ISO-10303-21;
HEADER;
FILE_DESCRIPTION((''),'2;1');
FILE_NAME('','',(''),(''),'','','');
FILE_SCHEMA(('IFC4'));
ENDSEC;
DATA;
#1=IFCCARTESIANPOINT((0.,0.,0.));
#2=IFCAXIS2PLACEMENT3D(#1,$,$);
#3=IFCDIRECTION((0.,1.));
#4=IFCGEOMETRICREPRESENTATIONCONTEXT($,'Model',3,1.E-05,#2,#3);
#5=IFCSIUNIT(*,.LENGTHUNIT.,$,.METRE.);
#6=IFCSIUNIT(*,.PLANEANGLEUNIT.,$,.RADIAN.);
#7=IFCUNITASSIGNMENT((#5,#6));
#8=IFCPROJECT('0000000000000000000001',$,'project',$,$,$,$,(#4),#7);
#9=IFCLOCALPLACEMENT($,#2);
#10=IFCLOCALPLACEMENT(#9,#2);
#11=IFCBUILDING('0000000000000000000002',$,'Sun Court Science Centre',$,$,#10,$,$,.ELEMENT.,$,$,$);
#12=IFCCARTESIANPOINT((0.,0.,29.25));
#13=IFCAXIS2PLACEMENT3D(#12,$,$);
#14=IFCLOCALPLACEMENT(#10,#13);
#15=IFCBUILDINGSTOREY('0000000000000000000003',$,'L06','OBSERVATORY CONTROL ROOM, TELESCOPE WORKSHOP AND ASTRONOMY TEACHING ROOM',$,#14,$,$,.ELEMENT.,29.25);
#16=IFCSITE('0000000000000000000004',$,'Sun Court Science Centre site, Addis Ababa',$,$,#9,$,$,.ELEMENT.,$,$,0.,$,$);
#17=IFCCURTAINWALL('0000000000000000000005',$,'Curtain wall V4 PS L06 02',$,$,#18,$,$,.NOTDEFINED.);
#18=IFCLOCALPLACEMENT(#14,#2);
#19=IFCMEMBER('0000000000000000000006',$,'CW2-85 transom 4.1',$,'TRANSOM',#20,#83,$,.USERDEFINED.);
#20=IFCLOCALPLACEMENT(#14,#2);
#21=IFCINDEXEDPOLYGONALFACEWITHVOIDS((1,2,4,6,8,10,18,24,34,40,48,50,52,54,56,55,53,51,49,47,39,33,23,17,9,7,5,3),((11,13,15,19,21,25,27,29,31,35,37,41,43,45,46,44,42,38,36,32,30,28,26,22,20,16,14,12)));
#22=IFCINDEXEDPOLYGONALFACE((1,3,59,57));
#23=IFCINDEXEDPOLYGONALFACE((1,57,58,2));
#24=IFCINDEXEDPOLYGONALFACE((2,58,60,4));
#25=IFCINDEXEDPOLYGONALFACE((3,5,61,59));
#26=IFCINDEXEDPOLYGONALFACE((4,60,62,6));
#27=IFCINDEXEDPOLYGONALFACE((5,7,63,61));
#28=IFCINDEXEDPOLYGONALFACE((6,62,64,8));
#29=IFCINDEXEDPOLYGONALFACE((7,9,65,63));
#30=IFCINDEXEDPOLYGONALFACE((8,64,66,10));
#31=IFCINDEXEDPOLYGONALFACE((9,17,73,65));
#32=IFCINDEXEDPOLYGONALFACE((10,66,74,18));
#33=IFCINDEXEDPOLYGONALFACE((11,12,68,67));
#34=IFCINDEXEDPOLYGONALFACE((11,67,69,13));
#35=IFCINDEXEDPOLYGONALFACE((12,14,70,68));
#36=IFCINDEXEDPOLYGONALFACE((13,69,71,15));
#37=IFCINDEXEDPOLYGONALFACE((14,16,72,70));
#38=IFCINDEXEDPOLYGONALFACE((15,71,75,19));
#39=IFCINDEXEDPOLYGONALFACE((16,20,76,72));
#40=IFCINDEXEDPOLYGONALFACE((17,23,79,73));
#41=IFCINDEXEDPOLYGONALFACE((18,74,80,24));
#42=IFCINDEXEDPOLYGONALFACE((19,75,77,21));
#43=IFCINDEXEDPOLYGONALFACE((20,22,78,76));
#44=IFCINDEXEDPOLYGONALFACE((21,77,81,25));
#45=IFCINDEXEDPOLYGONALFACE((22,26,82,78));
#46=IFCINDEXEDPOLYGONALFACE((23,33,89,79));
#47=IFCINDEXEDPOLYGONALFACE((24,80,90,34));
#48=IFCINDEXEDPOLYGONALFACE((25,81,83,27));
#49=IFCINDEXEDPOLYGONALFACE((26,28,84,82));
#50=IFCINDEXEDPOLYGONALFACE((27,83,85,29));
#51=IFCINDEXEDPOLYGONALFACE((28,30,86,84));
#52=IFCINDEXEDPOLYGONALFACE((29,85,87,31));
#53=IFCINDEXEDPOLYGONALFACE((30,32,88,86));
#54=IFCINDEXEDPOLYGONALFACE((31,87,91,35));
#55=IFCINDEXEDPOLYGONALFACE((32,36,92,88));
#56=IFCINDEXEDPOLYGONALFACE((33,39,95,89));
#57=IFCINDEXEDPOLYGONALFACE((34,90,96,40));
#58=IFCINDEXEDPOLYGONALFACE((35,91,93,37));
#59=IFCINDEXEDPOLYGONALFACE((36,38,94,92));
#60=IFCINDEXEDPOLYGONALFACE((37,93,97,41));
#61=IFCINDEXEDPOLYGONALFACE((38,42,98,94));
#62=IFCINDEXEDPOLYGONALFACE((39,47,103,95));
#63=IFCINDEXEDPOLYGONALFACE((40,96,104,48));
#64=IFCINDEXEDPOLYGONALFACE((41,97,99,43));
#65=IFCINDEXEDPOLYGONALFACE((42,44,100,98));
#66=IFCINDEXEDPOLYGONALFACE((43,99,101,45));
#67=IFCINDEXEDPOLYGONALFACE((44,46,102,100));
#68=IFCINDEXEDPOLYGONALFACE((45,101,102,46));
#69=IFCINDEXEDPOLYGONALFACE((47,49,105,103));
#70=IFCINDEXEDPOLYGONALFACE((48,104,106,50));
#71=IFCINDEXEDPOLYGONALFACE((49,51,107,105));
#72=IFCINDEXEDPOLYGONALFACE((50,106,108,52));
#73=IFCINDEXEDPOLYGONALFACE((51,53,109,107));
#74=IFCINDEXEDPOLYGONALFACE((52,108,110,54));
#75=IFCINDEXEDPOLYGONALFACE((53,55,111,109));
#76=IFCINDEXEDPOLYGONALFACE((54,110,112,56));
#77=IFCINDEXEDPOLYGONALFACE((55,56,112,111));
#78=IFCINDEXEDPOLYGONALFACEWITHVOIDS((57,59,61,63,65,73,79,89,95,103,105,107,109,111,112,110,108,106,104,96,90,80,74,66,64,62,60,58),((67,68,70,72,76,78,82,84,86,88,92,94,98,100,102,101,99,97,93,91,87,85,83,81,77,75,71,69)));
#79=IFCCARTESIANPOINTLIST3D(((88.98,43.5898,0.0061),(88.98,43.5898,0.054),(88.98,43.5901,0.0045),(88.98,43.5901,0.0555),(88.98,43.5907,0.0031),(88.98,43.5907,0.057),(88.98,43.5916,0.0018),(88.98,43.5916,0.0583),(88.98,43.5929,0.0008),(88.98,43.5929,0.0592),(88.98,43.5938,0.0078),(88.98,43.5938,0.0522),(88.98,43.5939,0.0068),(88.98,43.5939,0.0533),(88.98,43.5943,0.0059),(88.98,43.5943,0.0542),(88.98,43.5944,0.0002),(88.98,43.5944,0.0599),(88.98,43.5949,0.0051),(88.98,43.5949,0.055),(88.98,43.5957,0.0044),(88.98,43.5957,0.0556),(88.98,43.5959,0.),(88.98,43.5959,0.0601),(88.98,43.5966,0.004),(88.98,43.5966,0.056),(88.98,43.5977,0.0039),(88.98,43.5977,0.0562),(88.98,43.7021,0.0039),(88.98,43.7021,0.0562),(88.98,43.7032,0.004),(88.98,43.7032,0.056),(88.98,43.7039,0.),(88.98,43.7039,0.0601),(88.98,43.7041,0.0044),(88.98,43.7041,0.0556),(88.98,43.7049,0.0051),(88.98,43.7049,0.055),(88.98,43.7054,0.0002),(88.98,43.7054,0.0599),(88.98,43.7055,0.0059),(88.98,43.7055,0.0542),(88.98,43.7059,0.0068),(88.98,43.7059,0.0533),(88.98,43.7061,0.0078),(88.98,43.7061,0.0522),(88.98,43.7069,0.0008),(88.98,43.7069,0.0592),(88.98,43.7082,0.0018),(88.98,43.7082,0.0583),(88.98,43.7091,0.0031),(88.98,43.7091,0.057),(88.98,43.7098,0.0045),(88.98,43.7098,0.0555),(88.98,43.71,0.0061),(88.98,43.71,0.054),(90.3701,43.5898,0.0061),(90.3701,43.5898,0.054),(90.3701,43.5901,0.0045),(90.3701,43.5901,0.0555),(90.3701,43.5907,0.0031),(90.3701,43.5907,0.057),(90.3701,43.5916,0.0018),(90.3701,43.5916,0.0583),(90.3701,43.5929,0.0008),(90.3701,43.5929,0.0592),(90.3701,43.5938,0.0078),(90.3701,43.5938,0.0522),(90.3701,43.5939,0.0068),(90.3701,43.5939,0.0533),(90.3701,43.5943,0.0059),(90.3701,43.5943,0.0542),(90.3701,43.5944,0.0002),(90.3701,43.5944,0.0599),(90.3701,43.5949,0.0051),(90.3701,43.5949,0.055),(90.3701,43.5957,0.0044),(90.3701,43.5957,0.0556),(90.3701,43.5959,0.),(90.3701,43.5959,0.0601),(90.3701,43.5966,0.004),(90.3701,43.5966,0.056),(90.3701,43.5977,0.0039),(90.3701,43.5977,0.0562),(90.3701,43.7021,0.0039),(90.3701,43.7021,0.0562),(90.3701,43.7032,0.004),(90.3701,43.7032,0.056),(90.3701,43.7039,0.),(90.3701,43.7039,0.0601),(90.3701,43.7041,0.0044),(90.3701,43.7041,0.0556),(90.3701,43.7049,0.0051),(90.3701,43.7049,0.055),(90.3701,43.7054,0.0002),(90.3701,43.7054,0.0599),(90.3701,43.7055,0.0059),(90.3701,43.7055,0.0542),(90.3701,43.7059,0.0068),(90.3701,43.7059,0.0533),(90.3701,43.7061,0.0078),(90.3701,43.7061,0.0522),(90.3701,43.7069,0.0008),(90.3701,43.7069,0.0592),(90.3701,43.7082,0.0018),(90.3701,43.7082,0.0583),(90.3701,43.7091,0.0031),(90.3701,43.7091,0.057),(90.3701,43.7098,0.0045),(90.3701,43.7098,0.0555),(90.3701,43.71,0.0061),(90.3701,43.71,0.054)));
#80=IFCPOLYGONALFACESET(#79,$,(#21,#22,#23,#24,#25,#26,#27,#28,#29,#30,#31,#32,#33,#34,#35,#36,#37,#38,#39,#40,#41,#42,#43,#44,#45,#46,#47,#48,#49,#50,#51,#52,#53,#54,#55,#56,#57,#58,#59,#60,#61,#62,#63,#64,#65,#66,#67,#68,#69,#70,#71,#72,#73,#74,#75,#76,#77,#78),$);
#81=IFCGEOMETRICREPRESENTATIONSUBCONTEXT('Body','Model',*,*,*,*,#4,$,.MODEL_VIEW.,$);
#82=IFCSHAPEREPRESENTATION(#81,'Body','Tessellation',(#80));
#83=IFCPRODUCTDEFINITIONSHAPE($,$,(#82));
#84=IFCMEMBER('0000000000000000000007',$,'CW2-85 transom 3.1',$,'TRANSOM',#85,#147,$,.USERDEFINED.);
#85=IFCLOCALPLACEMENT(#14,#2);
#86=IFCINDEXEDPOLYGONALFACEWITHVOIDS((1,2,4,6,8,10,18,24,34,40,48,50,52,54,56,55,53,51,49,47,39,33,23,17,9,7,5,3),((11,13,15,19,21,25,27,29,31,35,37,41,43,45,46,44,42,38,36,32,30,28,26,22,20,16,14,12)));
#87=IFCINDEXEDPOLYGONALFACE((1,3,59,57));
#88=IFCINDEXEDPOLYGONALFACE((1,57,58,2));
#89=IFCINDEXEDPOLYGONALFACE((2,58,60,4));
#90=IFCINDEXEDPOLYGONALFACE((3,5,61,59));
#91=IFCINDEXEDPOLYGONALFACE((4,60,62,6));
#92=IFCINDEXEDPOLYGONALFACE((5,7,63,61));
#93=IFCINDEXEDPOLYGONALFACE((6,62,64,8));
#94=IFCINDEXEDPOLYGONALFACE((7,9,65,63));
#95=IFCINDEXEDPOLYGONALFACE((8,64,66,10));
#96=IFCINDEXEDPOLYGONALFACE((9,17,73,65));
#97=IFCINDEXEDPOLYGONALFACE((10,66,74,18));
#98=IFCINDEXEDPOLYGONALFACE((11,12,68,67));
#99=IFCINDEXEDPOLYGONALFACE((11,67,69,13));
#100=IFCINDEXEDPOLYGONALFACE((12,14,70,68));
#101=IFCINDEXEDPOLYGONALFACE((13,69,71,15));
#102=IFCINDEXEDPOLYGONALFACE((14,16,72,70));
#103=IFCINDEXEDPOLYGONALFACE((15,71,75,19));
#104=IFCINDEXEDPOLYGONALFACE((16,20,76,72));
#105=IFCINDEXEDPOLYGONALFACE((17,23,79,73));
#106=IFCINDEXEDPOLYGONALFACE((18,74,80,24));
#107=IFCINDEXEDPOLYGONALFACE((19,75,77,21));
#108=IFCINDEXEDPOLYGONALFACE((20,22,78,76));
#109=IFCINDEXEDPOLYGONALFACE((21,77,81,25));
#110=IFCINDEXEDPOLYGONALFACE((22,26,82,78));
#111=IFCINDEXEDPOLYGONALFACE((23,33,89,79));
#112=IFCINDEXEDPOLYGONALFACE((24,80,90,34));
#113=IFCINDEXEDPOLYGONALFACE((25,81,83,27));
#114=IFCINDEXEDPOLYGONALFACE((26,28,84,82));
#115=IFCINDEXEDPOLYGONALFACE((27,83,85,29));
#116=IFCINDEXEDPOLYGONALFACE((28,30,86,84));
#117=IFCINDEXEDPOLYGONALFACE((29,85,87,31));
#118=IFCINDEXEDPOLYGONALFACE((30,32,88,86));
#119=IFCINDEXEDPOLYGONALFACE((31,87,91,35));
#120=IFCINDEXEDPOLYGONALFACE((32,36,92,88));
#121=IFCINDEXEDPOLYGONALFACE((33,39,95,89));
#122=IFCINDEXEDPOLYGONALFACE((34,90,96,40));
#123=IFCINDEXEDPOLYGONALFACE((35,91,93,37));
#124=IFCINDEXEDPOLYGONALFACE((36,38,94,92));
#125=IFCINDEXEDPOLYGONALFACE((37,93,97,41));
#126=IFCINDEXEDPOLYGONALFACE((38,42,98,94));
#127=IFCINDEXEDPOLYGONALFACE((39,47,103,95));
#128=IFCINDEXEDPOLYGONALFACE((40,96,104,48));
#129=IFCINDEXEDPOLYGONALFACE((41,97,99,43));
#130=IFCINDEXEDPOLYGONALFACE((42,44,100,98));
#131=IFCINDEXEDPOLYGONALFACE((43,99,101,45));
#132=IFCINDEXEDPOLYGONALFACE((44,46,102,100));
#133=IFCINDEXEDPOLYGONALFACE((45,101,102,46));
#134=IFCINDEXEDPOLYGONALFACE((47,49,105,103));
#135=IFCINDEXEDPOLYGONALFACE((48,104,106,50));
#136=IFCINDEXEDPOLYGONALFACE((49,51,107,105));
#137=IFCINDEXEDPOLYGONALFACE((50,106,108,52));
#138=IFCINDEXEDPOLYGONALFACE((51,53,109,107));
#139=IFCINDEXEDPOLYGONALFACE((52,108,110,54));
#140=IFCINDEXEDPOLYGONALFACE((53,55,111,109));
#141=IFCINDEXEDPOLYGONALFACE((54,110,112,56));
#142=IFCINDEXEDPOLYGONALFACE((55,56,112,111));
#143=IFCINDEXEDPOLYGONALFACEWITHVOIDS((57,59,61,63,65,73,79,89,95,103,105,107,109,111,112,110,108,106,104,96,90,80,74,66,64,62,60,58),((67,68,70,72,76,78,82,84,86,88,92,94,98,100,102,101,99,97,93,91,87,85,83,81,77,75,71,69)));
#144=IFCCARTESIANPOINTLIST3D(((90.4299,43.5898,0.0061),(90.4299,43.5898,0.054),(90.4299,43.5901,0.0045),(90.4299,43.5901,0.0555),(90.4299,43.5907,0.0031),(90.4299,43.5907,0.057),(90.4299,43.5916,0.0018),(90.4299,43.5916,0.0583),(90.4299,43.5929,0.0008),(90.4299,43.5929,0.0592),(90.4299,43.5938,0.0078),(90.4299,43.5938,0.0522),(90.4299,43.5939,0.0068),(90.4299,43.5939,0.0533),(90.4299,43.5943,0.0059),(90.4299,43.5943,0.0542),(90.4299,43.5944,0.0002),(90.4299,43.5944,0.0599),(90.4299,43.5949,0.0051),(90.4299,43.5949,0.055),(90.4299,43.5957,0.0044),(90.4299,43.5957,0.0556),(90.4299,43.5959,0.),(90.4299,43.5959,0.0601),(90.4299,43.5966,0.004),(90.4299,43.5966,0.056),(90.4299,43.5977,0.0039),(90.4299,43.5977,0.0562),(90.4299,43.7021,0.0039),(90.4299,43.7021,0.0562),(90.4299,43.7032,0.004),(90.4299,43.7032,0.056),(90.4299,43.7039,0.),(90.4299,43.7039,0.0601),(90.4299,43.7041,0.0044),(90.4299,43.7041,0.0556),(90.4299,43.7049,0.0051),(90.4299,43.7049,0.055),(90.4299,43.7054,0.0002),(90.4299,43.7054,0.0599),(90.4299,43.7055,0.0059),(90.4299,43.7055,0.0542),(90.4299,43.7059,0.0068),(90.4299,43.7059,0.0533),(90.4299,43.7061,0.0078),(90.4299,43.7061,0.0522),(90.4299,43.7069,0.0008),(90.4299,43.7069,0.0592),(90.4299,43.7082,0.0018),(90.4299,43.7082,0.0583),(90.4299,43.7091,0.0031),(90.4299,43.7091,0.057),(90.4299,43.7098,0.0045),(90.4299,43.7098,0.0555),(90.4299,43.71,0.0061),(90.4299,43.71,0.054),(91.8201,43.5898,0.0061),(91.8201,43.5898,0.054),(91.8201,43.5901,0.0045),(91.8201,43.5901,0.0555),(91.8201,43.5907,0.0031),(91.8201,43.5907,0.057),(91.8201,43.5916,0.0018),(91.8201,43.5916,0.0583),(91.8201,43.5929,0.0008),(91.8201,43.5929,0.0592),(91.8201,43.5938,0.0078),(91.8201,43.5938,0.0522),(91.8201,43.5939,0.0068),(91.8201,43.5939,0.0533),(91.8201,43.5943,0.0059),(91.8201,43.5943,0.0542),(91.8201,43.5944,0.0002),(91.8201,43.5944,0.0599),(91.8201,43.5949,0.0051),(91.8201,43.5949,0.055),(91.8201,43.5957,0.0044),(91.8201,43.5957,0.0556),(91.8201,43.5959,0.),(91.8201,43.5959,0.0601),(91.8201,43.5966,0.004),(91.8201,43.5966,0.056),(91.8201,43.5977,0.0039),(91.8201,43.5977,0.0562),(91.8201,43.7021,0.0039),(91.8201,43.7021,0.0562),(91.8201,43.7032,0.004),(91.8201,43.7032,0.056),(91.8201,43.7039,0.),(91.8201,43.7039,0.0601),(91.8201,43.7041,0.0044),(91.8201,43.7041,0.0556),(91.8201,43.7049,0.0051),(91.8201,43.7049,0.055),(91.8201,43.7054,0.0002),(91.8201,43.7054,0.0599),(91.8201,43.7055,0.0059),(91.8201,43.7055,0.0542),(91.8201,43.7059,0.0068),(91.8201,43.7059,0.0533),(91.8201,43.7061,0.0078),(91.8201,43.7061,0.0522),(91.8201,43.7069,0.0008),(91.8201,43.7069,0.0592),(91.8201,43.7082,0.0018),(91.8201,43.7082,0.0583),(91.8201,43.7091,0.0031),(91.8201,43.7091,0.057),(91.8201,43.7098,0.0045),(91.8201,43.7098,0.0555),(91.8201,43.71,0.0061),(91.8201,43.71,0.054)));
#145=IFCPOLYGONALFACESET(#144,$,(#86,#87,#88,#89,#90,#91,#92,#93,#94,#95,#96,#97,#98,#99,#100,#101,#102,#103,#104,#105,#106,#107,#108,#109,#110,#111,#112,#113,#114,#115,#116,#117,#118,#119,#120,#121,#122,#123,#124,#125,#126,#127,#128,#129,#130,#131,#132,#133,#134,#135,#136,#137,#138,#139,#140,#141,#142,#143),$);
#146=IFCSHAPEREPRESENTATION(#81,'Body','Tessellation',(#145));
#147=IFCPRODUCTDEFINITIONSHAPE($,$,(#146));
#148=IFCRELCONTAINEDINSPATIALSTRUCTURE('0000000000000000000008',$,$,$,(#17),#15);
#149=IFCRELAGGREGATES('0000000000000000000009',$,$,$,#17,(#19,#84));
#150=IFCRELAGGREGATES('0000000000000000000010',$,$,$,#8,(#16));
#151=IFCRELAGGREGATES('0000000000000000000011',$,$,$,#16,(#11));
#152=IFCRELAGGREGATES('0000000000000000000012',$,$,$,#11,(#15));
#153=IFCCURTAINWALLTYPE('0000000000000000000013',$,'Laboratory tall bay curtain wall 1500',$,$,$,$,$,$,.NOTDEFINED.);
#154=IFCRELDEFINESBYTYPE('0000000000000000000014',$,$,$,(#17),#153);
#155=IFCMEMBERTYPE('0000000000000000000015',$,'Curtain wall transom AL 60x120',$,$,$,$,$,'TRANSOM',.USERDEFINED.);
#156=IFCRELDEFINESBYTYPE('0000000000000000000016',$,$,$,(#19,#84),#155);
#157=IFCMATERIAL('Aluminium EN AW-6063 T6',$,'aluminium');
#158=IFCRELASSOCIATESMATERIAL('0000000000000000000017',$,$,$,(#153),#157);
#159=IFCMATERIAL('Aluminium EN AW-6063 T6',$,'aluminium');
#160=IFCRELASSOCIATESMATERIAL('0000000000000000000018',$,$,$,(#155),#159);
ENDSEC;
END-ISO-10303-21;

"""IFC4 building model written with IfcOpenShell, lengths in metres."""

from ifc_helpers import new_model, si_unit, direction, frame, origin, origin_2d, place, context, subcontext, project, spatial, hollow_rectangle, extrude, material, material_profile, profile_set, type_object, element, aggregate, save


model = new_model("IFC4")

# Units and contexts
model_context = context("Model", 3, precision=1e-05, world=origin(), true_north=direction((0.0, 1.0)))
body_context = subcontext(model_context, "Body", "Model", "MODEL_VIEW")
ifc_project = project(units=[si_unit("LENGTHUNIT", "METRE"), si_unit("PLANEANGLEUNIT", "RADIAN")], contexts=[model_context])

# Site, building, storey
site_placement = place(None, origin())
site = spatial("IfcSite", under=ifc_project, at=site_placement, Name="Sun Court Science Centre site, Addis Ababa", CompositionType="ELEMENT", RefElevation=0.0)
building_placement = place(site_placement, origin())
building = spatial("IfcBuilding", under=site, at=building_placement, Name="Sun Court Science Centre", CompositionType="ELEMENT")
storey_placement = place(building_placement, frame((0.0, 0.0, 29.25)))
storey = spatial("IfcBuildingStorey", under=building, at=storey_placement, Name="L06", Description="OBSERVATORY CONTROL ROOM, TELESCOPE WORKSHOP AND ASTRONOMY TEACHING ROOM", CompositionType="ELEMENT", Elevation=29.25)

# Curtain wall, members
ifc_material_1 = material(Name="Aluminium EN AW-6063 T6", Category="aluminium")
curtain_wall_type = type_object("IfcCurtainWallType", Name="Laboratory tall bay curtain wall 1500", PredefinedType="NOTDEFINED", material=ifc_material_1)
curtain_wall_placement = place(storey_placement, origin())
curtain_wall = element("IfcCurtainWall", 1, at=curtain_wall_placement, inside=storey, type_object=curtain_wall_type, Name="Curtain wall V4 PS L06 02", PredefinedType="NOTDEFINED")
ifc_material_2 = material(Name="Aluminium EN AW-6063 T6", Category="aluminium")
ifc_material_profile_1 = material_profile(ifc_material_2, hollow_rectangle(XDim=0.0601, YDim=0.1201, WallThickness=0.0039, InnerFilletRadius=0.0039, OuterFilletRadius=0.0061, at=origin_2d()), Name="AL 60x120x4")
ifc_profile_set_1 = profile_set([ifc_material_profile_1], Name="Aluminium EN AW-6063 T6")
member_type_1 = type_object("IfcMemberType", Name="Curtain wall transom AL 60x120", ElementType="TRANSOM", PredefinedType="USERDEFINED", material=ifc_profile_set_1)
member_1_placement = place(storey_placement, frame((90.3701, 43.6499, 0.03), z_axis=(-1.0, 0.0, 0.0), x_axis=(0.0, 0.0, 1.0)))
member_1 = element("IfcMember", 2, at=member_1_placement, type_object=member_type_1, Name="CW2-85 transom 4.1", ObjectType="TRANSOM", PredefinedType="USERDEFINED", context=body_context, shape_type="SweptSolid", body=[
    extrude(hollow_rectangle(XDim=0.0601, YDim=0.1201, WallThickness=0.0039, InnerFilletRadius=0.0039, OuterFilletRadius=0.0061, at=origin_2d()), origin(), (0.0, 0.0, 1.0), 1.3901),
])
member_2_placement = place(storey_placement, frame((91.8201, 43.6499, 0.03), z_axis=(-1.0, 0.0, 0.0), x_axis=(0.0, 0.0, 1.0)))
member_2 = element("IfcMember", 3, at=member_2_placement, type_object=member_type_1, Name="CW2-85 transom 3.1", ObjectType="TRANSOM", PredefinedType="USERDEFINED", context=body_context, shape_type="SweptSolid", body=[
    extrude(hollow_rectangle(XDim=0.0601, YDim=0.1201, WallThickness=0.0039, InnerFilletRadius=0.0039, OuterFilletRadius=0.0061, at=origin_2d()), origin(), (0.0, 0.0, 1.0), 1.3901),
])
aggregate(curtain_wall, [member_1, member_2])

save(model, "model.ifc")
